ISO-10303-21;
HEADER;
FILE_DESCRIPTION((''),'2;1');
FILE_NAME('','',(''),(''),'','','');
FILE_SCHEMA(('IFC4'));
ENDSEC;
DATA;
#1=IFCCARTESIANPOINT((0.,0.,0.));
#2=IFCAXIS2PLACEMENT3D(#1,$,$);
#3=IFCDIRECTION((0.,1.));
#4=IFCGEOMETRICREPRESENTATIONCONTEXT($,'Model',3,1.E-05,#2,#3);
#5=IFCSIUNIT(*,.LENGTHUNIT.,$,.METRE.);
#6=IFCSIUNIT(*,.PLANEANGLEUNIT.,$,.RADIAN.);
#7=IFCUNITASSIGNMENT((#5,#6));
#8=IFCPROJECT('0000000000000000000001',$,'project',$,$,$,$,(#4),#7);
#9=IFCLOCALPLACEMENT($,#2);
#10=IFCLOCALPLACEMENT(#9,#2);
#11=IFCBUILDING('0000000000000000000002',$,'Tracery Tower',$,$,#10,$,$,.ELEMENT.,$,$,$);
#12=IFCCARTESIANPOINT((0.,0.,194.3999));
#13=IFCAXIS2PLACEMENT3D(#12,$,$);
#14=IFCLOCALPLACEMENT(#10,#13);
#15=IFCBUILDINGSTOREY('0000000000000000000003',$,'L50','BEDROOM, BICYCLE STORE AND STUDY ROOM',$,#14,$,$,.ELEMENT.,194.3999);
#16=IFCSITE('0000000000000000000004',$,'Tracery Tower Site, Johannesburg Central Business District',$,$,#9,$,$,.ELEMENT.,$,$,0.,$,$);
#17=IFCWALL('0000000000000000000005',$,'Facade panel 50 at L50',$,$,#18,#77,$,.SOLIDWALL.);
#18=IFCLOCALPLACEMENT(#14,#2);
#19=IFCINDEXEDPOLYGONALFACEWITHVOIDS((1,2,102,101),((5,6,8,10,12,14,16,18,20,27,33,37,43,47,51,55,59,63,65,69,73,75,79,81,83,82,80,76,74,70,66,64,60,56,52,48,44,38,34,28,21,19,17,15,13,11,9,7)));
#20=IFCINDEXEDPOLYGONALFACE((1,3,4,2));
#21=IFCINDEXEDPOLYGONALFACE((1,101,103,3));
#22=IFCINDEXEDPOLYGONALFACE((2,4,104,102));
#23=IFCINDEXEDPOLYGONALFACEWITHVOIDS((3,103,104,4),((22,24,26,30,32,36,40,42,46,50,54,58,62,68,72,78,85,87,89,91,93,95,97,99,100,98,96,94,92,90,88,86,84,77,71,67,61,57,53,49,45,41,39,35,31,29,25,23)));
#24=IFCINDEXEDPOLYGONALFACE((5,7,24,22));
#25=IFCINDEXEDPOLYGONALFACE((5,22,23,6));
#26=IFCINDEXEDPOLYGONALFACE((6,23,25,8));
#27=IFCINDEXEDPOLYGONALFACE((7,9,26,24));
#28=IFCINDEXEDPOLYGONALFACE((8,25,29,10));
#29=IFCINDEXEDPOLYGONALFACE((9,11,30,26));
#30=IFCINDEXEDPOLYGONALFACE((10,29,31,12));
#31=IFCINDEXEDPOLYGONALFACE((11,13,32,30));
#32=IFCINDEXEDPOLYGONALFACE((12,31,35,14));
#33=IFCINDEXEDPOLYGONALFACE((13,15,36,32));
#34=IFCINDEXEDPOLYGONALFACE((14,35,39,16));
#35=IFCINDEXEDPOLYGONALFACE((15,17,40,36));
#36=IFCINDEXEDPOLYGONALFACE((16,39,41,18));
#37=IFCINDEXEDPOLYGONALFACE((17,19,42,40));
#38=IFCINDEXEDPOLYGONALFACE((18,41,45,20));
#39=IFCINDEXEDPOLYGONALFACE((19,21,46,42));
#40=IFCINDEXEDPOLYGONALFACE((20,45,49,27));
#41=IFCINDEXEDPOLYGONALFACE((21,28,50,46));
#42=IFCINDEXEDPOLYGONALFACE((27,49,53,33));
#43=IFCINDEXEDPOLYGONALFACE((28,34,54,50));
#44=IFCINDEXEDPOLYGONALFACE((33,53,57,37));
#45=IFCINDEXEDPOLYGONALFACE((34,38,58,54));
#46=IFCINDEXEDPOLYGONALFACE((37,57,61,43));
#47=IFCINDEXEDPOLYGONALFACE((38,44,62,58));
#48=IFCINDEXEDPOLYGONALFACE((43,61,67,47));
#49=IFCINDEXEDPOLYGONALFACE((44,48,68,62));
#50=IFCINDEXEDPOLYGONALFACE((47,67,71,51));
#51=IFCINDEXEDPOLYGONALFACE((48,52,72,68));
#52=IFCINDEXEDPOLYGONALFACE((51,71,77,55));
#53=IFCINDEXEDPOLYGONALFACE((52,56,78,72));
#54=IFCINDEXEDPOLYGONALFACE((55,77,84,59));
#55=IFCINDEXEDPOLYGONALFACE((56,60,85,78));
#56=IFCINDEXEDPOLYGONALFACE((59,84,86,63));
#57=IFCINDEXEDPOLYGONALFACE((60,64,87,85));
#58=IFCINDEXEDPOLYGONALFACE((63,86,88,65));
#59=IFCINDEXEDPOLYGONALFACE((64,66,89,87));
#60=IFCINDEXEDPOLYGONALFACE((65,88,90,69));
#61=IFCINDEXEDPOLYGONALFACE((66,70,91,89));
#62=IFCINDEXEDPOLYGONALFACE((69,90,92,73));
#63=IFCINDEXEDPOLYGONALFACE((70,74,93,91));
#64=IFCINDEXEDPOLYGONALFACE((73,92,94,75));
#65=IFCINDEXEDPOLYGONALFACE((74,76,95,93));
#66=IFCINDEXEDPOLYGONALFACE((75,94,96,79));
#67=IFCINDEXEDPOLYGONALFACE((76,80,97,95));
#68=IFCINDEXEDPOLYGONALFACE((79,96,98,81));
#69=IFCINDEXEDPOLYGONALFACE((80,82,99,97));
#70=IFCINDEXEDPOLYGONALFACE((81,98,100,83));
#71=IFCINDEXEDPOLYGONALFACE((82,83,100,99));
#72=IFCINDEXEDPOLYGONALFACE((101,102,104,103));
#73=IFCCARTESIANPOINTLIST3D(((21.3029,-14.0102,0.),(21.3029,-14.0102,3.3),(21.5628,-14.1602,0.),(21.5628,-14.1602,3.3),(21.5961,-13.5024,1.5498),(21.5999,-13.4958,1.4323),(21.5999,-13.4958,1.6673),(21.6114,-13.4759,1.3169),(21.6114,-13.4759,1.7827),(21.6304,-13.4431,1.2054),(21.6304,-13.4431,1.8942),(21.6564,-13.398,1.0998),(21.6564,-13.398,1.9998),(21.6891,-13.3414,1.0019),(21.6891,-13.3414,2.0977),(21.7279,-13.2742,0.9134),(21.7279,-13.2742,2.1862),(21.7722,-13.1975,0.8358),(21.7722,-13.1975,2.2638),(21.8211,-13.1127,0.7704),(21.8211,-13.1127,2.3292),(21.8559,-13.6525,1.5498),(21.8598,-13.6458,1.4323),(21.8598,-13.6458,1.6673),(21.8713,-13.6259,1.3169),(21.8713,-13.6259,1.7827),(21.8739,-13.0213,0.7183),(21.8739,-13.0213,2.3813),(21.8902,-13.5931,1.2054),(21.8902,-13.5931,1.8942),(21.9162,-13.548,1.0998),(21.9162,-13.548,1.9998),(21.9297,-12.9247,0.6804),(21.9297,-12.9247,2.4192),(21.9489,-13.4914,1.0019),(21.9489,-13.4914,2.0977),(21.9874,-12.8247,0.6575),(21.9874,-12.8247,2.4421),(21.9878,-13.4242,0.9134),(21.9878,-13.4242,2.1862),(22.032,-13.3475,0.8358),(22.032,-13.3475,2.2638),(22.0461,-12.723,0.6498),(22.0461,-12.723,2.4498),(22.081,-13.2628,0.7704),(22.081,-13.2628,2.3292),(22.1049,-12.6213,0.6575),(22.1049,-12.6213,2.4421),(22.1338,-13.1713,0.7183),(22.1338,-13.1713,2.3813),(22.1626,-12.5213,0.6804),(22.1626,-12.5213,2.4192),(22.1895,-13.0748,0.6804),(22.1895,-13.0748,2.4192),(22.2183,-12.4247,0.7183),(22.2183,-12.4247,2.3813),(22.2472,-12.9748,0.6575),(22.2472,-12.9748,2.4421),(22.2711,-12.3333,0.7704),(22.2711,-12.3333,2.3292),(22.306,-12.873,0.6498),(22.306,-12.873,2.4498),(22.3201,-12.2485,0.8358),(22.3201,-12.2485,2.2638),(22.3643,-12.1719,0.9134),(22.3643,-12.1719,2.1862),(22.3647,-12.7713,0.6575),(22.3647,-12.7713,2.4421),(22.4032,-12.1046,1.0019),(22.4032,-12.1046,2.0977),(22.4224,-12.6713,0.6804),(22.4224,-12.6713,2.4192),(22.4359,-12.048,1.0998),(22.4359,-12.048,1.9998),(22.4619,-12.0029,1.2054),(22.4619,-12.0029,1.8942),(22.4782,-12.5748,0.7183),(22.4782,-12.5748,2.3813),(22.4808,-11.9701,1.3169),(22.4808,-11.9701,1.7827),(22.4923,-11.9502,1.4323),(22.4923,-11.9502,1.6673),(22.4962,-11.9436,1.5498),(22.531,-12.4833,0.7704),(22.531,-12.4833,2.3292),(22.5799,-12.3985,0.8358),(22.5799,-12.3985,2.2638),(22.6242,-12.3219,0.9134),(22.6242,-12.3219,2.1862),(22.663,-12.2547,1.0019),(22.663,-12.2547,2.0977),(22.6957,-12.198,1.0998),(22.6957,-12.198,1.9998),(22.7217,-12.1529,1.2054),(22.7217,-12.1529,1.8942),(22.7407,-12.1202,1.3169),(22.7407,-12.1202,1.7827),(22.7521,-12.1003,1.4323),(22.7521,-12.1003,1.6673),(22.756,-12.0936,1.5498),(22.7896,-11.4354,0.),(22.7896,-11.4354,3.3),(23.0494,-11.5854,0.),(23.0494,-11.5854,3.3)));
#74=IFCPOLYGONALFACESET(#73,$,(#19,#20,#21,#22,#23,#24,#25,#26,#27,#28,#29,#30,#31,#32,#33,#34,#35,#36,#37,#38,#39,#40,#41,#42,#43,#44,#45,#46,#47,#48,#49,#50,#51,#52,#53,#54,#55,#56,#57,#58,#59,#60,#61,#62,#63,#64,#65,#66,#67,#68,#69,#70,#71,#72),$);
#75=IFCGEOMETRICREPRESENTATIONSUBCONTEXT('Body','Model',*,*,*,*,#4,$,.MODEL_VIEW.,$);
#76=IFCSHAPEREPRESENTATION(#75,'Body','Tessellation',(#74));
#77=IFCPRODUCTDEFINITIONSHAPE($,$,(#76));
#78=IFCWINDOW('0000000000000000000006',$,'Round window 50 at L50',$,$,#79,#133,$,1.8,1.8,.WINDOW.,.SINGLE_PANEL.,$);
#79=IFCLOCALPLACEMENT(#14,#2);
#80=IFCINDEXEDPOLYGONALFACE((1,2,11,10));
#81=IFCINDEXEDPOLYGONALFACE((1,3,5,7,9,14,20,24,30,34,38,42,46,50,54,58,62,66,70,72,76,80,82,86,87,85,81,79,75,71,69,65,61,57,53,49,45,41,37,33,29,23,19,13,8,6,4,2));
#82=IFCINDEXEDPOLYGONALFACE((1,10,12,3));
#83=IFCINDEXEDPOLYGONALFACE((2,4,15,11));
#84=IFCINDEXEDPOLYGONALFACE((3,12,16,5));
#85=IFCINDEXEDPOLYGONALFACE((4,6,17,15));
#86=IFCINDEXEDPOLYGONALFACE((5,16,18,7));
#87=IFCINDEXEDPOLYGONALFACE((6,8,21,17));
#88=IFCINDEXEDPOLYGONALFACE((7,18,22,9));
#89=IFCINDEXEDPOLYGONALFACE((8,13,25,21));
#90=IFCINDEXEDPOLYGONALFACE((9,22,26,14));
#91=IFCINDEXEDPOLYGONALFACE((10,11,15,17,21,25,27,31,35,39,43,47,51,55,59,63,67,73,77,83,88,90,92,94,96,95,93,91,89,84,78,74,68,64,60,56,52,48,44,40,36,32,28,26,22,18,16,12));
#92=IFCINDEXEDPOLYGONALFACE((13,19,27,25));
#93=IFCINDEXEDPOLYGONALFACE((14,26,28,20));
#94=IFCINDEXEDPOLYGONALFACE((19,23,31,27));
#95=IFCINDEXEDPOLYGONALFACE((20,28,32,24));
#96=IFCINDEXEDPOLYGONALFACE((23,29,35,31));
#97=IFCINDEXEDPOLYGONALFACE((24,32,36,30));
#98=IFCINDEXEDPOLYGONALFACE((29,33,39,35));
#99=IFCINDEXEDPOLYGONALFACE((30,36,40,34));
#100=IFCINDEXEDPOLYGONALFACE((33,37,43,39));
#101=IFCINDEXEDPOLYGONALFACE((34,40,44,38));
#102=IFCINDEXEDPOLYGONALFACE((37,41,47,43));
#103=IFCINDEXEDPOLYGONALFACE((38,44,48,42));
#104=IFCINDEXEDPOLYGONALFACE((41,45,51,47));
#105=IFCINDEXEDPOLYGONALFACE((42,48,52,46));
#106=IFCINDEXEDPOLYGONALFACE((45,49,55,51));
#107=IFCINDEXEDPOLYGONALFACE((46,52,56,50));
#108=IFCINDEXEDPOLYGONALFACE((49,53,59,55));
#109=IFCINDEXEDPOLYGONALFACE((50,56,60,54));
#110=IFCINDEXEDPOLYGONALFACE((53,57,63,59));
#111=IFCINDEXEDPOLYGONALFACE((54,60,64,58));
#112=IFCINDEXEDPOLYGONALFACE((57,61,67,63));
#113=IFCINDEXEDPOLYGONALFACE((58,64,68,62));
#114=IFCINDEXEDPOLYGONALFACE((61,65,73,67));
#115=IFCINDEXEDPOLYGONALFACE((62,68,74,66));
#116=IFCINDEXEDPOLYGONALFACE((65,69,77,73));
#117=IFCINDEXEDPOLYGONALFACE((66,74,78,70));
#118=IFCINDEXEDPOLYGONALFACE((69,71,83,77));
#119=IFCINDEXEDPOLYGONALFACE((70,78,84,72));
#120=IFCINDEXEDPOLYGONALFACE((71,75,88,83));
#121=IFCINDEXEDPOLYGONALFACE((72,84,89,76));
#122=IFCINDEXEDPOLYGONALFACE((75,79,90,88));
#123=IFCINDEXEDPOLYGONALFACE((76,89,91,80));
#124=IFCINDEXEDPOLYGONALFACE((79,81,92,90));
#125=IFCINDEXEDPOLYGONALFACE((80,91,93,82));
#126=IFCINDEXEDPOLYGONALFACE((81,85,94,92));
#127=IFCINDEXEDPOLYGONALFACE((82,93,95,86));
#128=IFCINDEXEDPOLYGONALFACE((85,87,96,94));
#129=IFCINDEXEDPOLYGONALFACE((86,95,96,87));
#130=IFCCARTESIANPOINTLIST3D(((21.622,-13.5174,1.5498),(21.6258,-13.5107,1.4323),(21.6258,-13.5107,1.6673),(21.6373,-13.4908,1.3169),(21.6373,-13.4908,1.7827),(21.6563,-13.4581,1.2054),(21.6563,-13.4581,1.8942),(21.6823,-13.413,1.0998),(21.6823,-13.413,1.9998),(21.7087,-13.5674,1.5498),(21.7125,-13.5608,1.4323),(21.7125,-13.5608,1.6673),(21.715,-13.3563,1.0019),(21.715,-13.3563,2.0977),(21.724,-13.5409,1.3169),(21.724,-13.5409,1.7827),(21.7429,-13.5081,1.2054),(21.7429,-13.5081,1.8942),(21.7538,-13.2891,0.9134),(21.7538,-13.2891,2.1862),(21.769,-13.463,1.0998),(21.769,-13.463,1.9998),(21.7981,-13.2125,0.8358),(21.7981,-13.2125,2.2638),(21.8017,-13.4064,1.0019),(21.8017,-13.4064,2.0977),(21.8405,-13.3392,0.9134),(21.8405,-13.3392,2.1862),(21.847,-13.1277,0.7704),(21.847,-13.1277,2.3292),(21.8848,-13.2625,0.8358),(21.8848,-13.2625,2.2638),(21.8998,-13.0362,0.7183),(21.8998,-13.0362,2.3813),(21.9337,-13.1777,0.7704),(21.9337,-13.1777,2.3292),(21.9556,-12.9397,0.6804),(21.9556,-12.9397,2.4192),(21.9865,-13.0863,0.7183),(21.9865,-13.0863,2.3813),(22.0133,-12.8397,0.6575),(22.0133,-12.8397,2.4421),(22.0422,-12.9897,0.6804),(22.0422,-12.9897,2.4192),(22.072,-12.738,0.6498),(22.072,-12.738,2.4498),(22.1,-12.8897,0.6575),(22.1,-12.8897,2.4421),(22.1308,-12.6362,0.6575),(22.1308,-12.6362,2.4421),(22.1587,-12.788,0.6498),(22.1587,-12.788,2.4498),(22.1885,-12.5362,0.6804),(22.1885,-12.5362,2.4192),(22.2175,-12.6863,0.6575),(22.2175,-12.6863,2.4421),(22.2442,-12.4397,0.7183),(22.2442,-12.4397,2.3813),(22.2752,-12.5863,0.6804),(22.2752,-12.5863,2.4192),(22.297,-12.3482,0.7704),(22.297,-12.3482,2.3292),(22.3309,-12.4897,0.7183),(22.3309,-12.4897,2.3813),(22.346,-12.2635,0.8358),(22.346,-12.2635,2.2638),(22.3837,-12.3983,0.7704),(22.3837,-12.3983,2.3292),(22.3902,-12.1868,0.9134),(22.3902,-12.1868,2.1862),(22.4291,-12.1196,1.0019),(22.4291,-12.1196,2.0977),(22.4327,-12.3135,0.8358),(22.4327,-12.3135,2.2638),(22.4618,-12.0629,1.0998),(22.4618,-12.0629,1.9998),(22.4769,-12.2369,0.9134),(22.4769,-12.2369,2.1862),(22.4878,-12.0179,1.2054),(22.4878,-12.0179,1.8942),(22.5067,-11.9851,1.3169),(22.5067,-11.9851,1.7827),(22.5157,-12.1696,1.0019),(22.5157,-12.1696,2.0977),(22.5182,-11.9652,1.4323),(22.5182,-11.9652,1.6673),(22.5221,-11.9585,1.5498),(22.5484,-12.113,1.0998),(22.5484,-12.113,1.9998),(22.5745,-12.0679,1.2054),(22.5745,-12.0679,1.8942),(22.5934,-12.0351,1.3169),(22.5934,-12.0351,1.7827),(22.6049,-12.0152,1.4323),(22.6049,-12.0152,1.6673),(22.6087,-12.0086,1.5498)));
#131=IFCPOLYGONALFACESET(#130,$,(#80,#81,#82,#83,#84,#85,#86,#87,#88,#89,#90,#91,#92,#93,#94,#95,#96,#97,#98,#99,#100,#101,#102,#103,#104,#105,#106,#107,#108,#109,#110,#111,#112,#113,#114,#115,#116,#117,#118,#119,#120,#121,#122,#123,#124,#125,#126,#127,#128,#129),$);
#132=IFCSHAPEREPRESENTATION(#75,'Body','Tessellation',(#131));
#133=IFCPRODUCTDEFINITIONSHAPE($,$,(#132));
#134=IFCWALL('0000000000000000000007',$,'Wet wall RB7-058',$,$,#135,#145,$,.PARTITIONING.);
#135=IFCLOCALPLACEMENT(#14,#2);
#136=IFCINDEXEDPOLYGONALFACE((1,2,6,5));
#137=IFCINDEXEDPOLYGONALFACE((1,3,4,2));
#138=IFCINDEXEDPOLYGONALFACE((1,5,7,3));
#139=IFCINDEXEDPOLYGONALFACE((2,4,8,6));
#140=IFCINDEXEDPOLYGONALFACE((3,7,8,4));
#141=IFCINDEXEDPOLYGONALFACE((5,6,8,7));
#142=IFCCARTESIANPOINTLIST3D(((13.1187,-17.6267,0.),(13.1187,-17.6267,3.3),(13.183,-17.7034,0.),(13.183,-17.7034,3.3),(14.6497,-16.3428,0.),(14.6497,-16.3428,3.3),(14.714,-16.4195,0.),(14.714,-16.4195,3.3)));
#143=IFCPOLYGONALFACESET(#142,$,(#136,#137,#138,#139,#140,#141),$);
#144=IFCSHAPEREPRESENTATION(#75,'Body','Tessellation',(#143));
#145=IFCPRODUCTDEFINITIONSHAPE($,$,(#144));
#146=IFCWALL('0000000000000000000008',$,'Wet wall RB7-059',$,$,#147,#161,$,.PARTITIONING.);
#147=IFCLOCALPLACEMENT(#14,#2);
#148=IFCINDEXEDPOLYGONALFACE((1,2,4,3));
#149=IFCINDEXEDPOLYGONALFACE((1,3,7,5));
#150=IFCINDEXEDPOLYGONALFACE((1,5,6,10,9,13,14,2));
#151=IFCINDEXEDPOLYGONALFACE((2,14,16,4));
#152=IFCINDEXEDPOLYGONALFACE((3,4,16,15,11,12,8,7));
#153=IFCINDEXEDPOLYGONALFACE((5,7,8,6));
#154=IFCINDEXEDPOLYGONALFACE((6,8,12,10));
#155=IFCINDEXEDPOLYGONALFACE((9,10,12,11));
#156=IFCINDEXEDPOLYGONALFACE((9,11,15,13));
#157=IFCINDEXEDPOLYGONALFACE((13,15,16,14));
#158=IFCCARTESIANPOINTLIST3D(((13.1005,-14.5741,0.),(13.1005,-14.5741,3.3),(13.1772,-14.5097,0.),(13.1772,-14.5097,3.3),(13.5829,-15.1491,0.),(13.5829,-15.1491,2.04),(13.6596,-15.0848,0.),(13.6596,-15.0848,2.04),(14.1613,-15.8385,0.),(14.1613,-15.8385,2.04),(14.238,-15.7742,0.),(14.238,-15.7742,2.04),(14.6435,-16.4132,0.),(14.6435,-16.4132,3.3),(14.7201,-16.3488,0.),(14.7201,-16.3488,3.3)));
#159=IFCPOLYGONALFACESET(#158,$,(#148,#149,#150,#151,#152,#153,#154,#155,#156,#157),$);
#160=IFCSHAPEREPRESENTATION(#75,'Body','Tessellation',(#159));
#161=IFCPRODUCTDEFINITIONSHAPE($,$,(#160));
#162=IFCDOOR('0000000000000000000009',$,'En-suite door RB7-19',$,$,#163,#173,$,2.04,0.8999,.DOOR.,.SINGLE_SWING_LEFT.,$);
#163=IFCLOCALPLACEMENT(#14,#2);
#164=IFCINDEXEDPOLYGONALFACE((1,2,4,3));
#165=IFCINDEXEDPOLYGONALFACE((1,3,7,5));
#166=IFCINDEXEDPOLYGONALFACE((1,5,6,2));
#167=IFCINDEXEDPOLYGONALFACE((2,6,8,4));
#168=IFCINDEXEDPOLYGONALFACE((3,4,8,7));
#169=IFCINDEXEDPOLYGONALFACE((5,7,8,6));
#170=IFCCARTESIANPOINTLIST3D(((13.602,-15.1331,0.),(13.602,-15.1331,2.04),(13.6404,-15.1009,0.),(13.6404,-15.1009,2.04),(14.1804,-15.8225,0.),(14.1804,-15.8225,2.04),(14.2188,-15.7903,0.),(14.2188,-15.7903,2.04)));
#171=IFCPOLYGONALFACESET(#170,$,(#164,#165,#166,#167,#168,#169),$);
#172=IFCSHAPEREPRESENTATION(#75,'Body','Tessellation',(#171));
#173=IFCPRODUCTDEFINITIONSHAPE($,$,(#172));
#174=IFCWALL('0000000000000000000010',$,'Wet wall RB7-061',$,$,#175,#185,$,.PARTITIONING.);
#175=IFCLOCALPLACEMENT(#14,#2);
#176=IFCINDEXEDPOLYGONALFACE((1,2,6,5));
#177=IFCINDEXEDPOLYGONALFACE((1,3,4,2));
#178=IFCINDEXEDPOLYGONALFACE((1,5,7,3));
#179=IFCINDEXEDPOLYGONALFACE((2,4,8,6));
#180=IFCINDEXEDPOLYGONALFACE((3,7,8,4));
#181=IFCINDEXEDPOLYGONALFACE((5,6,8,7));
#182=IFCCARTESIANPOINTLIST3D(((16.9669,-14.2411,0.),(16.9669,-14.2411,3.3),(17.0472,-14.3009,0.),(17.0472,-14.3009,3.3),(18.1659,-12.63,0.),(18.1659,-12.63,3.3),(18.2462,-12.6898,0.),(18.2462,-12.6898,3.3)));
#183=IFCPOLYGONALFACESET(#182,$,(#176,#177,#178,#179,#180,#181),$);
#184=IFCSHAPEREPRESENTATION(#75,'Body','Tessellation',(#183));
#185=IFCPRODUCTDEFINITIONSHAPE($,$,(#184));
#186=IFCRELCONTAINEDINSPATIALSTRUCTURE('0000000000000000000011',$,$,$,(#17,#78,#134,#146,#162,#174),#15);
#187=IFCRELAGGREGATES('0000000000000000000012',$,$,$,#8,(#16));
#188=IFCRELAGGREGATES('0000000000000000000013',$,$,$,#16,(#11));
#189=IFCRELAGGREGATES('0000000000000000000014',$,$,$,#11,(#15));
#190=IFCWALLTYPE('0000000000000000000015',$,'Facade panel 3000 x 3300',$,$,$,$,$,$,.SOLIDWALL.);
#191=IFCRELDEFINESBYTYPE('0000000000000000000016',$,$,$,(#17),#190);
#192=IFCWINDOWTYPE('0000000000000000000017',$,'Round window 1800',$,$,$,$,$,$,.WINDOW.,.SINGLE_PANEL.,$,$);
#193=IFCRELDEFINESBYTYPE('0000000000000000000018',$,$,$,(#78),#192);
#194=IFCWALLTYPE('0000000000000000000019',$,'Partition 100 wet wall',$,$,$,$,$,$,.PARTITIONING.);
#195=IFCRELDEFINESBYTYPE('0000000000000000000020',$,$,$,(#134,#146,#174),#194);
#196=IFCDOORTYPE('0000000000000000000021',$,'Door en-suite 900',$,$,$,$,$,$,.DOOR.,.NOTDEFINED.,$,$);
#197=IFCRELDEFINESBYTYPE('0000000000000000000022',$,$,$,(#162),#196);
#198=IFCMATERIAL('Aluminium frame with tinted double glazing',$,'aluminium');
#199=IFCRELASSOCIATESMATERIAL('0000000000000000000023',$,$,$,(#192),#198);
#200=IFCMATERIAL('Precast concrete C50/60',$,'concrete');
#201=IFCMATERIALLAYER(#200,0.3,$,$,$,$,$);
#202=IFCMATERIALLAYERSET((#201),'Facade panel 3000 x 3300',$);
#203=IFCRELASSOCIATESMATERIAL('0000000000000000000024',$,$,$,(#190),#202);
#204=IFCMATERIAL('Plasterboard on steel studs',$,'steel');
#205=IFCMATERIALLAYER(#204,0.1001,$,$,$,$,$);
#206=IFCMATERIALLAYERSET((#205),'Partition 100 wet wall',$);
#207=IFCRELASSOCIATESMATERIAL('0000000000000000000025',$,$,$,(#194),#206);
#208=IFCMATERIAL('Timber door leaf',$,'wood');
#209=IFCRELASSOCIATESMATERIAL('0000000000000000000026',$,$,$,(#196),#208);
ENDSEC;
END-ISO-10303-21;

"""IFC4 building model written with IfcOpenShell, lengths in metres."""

from ifc_helpers import new_model, si_unit, direction, frame, frame_2d, origin, origin_2d, place, context, subcontext, project, spatial, rectangle, circle, extrude, material, layer, layer_set, type_object, element, fill, save


model = new_model("IFC4")

# Units and contexts
model_context = context("Model", 3, precision=1e-05, world=origin(), true_north=direction((0.0, 1.0)))
body_context = subcontext(model_context, "Body", "Model", "MODEL_VIEW")
ifc_project = project(units=[si_unit("LENGTHUNIT", "METRE"), si_unit("PLANEANGLEUNIT", "RADIAN")], contexts=[model_context])

# Site, building, storey
site_placement = place(None, origin())
site = spatial("IfcSite", under=ifc_project, at=site_placement, Name="Tracery Tower Site, Johannesburg Central Business District", CompositionType="ELEMENT", RefElevation=0.0)
building_placement = place(site_placement, origin())
building = spatial("IfcBuilding", under=site, at=building_placement, Name="Tracery Tower", CompositionType="ELEMENT")
storey_placement = place(building_placement, frame((0.0, 0.0, 194.3999)))
storey = spatial("IfcBuildingStorey", under=building, at=storey_placement, Name="L50", Description="BEDROOM, BICYCLE STORE AND STUDY ROOM", CompositionType="ELEMENT", Elevation=194.3999)

# Wall, opening, window
ifc_material_1 = material(Name="Aluminium frame with tinted double glazing", Category="aluminium")
window_type = type_object("IfcWindowType", Name="Round window 1800", PartitioningType="SINGLE_PANEL", PredefinedType="WINDOW", material=ifc_material_1)
ifc_material_2 = material(Name="Precast concrete C50/60", Category="concrete")
ifc_layer_1 = layer(ifc_material_2, 0.3)
ifc_layer_set_1 = layer_set([ifc_layer_1], Name="Facade panel 3000 x 3300")
wall_type_1 = type_object("IfcWallType", Name="Facade panel 3000 x 3300", PredefinedType="SOLIDWALL", material=ifc_layer_set_1)
wall_1_placement = place(storey_placement, frame((21.4329, -14.0852, 0.0), z_axis=(0.0, 0.0, 1.0), x_axis=(0.500016, 0.866016, 0.0)))
wall_1 = element("IfcWall", 1, at=wall_1_placement, inside=storey, type_object=wall_type_1, Name="Facade panel 50 at L50", PredefinedType="SOLIDWALL", context=body_context, shape_type="SweptSolid", body=[
    extrude(rectangle(XDim=2.9731, YDim=0.3, at=frame_2d((1.4866, 0.0))), origin(), (0.0, 0.0, 1.0), 3.3),
])
opening_1_placement = place(wall_1_placement, frame((1.4863, 0.0, 1.5498)))
opening_1 = element("IfcOpeningElement", 2, at=opening_1_placement, cuts=wall_1, PredefinedType="OPENING", context=body_context, shape_type="SweptSolid", body=[
    extrude(circle(Radius=0.9, at=origin_2d()), frame((0.0, 0.1599, 0.0), z_axis=(0.0, -1.0, 0.0), x_axis=(1.0, 0.0, 0.0)), (0.0, 0.0, 1.0), 0.3201),
])
window_1_placement = place(opening_1_placement, origin())
window_1 = element("IfcWindow", 3, at=window_1_placement, inside=storey, type_object=window_type, Name="Round window 50 at L50", OverallHeight=1.8, OverallWidth=1.8, PartitioningType="SINGLE_PANEL", PredefinedType="WINDOW", context=body_context, shape_type="SweptSolid", body=[
    extrude(circle(Radius=0.9, at=origin_2d()), frame((0.0, 0.1201, 0.0), z_axis=(0.0, -1.0, 0.0), x_axis=(1.0, 0.0, 0.0)), (0.0, 0.0, 1.0), 0.1001),
])
fill(opening_1, window_1)

# Wall
ifc_material_3 = material(Name="Plasterboard on steel studs", Category="steel")
ifc_layer_2 = layer(ifc_material_3, 0.1001)
ifc_layer_set_2 = layer_set([ifc_layer_2], Name="Partition 100 wet wall")
wall_type_2 = type_object("IfcWallType", Name="Partition 100 wet wall", PredefinedType="PARTITIONING", material=ifc_layer_set_2)
wall_2_placement = place(storey_placement, frame((13.1509, -17.665, 0.0), z_axis=(0.0, 0.0, 1.0), x_axis=(0.766225, 0.642573, 0.0)))
element("IfcWall", 4, at=wall_2_placement, inside=storey, type_object=wall_type_2, Name="Wet wall RB7-058", PredefinedType="PARTITIONING", context=body_context, shape_type="SweptSolid", body=[
    extrude(rectangle(XDim=1.998, YDim=0.1001, at=frame_2d((0.999, 0.0))), origin(), (0.0, 0.0, 1.0), 3.3),
])

# Wall, opening, door
wall_3_placement = place(storey_placement, frame((13.1389, -14.542, 0.0), z_axis=(0.0, 0.0, 1.0), x_axis=(0.642732, -0.766091, 0.0)))
wall_3 = element("IfcWall", 5, at=wall_3_placement, inside=storey, type_object=wall_type_2, Name="Wet wall RB7-059", PredefinedType="PARTITIONING", context=body_context, shape_type="SweptSolid", body=[
    extrude(rectangle(XDim=2.4006, YDim=0.1001, at=frame_2d((1.2002, 0.0))), origin(), (0.0, 0.0, 1.0), 3.3),
])
opening_2_placement = place(wall_3_placement, frame((0.7505, 0.0, 0.0)))
opening_2 = element("IfcOpeningElement", 6, at=opening_2_placement, cuts=wall_3, PredefinedType="OPENING", context=body_context, shape_type="SweptSolid", body=[
    extrude(rectangle(XDim=0.8999, YDim=2.04, at=frame_2d((0.45, 1.02))), frame((0.0, 0.05, 0.0), z_axis=(0.0, -1.0, 0.0), x_axis=(1.0, 0.0, 0.0)), (0.0, 0.0, 1.0), 0.1001),
])
ifc_material_4 = material(Name="Timber door leaf", Category="wood")
door_type_1 = type_object("IfcDoorType", Name="Door en-suite 900", OperationType="NOTDEFINED", PredefinedType="DOOR", material=ifc_material_4)
door_1_placement = place(opening_2_placement, origin())
door_1 = element("IfcDoor", 7, at=door_1_placement, inside=storey, type_object=door_type_1, Name="En-suite door RB7-19", OperationType="SINGLE_SWING_LEFT", OverallHeight=2.04, OverallWidth=0.8999, PredefinedType="DOOR", context=body_context, shape_type="SweptSolid", body=[
    extrude(rectangle(XDim=0.8999, YDim=2.04, at=frame_2d((0.45, 1.02))), frame((0.0, 0.0249, 0.0), z_axis=(0.0, -1.0, 0.0), x_axis=(1.0, 0.0, 0.0)), (0.0, 0.0, 1.0), 0.05),
])
fill(opening_2, door_1)

# Wall
wall_4_placement = place(storey_placement, frame((17.0071, -14.271, 0.0), z_axis=(0.0, 0.0, 1.0), x_axis=(0.59702, 0.802226, 0.0)))
element("IfcWall", 8, at=wall_4_placement, inside=storey, type_object=wall_type_2, Name="Wet wall RB7-061", PredefinedType="PARTITIONING", context=body_context, shape_type="SweptSolid", body=[
    extrude(rectangle(XDim=2.0083, YDim=0.1001, at=frame_2d((1.0042, 0.0))), origin(), (0.0, 0.0, 1.0), 3.3),
])

save(model, "model.ifc")
